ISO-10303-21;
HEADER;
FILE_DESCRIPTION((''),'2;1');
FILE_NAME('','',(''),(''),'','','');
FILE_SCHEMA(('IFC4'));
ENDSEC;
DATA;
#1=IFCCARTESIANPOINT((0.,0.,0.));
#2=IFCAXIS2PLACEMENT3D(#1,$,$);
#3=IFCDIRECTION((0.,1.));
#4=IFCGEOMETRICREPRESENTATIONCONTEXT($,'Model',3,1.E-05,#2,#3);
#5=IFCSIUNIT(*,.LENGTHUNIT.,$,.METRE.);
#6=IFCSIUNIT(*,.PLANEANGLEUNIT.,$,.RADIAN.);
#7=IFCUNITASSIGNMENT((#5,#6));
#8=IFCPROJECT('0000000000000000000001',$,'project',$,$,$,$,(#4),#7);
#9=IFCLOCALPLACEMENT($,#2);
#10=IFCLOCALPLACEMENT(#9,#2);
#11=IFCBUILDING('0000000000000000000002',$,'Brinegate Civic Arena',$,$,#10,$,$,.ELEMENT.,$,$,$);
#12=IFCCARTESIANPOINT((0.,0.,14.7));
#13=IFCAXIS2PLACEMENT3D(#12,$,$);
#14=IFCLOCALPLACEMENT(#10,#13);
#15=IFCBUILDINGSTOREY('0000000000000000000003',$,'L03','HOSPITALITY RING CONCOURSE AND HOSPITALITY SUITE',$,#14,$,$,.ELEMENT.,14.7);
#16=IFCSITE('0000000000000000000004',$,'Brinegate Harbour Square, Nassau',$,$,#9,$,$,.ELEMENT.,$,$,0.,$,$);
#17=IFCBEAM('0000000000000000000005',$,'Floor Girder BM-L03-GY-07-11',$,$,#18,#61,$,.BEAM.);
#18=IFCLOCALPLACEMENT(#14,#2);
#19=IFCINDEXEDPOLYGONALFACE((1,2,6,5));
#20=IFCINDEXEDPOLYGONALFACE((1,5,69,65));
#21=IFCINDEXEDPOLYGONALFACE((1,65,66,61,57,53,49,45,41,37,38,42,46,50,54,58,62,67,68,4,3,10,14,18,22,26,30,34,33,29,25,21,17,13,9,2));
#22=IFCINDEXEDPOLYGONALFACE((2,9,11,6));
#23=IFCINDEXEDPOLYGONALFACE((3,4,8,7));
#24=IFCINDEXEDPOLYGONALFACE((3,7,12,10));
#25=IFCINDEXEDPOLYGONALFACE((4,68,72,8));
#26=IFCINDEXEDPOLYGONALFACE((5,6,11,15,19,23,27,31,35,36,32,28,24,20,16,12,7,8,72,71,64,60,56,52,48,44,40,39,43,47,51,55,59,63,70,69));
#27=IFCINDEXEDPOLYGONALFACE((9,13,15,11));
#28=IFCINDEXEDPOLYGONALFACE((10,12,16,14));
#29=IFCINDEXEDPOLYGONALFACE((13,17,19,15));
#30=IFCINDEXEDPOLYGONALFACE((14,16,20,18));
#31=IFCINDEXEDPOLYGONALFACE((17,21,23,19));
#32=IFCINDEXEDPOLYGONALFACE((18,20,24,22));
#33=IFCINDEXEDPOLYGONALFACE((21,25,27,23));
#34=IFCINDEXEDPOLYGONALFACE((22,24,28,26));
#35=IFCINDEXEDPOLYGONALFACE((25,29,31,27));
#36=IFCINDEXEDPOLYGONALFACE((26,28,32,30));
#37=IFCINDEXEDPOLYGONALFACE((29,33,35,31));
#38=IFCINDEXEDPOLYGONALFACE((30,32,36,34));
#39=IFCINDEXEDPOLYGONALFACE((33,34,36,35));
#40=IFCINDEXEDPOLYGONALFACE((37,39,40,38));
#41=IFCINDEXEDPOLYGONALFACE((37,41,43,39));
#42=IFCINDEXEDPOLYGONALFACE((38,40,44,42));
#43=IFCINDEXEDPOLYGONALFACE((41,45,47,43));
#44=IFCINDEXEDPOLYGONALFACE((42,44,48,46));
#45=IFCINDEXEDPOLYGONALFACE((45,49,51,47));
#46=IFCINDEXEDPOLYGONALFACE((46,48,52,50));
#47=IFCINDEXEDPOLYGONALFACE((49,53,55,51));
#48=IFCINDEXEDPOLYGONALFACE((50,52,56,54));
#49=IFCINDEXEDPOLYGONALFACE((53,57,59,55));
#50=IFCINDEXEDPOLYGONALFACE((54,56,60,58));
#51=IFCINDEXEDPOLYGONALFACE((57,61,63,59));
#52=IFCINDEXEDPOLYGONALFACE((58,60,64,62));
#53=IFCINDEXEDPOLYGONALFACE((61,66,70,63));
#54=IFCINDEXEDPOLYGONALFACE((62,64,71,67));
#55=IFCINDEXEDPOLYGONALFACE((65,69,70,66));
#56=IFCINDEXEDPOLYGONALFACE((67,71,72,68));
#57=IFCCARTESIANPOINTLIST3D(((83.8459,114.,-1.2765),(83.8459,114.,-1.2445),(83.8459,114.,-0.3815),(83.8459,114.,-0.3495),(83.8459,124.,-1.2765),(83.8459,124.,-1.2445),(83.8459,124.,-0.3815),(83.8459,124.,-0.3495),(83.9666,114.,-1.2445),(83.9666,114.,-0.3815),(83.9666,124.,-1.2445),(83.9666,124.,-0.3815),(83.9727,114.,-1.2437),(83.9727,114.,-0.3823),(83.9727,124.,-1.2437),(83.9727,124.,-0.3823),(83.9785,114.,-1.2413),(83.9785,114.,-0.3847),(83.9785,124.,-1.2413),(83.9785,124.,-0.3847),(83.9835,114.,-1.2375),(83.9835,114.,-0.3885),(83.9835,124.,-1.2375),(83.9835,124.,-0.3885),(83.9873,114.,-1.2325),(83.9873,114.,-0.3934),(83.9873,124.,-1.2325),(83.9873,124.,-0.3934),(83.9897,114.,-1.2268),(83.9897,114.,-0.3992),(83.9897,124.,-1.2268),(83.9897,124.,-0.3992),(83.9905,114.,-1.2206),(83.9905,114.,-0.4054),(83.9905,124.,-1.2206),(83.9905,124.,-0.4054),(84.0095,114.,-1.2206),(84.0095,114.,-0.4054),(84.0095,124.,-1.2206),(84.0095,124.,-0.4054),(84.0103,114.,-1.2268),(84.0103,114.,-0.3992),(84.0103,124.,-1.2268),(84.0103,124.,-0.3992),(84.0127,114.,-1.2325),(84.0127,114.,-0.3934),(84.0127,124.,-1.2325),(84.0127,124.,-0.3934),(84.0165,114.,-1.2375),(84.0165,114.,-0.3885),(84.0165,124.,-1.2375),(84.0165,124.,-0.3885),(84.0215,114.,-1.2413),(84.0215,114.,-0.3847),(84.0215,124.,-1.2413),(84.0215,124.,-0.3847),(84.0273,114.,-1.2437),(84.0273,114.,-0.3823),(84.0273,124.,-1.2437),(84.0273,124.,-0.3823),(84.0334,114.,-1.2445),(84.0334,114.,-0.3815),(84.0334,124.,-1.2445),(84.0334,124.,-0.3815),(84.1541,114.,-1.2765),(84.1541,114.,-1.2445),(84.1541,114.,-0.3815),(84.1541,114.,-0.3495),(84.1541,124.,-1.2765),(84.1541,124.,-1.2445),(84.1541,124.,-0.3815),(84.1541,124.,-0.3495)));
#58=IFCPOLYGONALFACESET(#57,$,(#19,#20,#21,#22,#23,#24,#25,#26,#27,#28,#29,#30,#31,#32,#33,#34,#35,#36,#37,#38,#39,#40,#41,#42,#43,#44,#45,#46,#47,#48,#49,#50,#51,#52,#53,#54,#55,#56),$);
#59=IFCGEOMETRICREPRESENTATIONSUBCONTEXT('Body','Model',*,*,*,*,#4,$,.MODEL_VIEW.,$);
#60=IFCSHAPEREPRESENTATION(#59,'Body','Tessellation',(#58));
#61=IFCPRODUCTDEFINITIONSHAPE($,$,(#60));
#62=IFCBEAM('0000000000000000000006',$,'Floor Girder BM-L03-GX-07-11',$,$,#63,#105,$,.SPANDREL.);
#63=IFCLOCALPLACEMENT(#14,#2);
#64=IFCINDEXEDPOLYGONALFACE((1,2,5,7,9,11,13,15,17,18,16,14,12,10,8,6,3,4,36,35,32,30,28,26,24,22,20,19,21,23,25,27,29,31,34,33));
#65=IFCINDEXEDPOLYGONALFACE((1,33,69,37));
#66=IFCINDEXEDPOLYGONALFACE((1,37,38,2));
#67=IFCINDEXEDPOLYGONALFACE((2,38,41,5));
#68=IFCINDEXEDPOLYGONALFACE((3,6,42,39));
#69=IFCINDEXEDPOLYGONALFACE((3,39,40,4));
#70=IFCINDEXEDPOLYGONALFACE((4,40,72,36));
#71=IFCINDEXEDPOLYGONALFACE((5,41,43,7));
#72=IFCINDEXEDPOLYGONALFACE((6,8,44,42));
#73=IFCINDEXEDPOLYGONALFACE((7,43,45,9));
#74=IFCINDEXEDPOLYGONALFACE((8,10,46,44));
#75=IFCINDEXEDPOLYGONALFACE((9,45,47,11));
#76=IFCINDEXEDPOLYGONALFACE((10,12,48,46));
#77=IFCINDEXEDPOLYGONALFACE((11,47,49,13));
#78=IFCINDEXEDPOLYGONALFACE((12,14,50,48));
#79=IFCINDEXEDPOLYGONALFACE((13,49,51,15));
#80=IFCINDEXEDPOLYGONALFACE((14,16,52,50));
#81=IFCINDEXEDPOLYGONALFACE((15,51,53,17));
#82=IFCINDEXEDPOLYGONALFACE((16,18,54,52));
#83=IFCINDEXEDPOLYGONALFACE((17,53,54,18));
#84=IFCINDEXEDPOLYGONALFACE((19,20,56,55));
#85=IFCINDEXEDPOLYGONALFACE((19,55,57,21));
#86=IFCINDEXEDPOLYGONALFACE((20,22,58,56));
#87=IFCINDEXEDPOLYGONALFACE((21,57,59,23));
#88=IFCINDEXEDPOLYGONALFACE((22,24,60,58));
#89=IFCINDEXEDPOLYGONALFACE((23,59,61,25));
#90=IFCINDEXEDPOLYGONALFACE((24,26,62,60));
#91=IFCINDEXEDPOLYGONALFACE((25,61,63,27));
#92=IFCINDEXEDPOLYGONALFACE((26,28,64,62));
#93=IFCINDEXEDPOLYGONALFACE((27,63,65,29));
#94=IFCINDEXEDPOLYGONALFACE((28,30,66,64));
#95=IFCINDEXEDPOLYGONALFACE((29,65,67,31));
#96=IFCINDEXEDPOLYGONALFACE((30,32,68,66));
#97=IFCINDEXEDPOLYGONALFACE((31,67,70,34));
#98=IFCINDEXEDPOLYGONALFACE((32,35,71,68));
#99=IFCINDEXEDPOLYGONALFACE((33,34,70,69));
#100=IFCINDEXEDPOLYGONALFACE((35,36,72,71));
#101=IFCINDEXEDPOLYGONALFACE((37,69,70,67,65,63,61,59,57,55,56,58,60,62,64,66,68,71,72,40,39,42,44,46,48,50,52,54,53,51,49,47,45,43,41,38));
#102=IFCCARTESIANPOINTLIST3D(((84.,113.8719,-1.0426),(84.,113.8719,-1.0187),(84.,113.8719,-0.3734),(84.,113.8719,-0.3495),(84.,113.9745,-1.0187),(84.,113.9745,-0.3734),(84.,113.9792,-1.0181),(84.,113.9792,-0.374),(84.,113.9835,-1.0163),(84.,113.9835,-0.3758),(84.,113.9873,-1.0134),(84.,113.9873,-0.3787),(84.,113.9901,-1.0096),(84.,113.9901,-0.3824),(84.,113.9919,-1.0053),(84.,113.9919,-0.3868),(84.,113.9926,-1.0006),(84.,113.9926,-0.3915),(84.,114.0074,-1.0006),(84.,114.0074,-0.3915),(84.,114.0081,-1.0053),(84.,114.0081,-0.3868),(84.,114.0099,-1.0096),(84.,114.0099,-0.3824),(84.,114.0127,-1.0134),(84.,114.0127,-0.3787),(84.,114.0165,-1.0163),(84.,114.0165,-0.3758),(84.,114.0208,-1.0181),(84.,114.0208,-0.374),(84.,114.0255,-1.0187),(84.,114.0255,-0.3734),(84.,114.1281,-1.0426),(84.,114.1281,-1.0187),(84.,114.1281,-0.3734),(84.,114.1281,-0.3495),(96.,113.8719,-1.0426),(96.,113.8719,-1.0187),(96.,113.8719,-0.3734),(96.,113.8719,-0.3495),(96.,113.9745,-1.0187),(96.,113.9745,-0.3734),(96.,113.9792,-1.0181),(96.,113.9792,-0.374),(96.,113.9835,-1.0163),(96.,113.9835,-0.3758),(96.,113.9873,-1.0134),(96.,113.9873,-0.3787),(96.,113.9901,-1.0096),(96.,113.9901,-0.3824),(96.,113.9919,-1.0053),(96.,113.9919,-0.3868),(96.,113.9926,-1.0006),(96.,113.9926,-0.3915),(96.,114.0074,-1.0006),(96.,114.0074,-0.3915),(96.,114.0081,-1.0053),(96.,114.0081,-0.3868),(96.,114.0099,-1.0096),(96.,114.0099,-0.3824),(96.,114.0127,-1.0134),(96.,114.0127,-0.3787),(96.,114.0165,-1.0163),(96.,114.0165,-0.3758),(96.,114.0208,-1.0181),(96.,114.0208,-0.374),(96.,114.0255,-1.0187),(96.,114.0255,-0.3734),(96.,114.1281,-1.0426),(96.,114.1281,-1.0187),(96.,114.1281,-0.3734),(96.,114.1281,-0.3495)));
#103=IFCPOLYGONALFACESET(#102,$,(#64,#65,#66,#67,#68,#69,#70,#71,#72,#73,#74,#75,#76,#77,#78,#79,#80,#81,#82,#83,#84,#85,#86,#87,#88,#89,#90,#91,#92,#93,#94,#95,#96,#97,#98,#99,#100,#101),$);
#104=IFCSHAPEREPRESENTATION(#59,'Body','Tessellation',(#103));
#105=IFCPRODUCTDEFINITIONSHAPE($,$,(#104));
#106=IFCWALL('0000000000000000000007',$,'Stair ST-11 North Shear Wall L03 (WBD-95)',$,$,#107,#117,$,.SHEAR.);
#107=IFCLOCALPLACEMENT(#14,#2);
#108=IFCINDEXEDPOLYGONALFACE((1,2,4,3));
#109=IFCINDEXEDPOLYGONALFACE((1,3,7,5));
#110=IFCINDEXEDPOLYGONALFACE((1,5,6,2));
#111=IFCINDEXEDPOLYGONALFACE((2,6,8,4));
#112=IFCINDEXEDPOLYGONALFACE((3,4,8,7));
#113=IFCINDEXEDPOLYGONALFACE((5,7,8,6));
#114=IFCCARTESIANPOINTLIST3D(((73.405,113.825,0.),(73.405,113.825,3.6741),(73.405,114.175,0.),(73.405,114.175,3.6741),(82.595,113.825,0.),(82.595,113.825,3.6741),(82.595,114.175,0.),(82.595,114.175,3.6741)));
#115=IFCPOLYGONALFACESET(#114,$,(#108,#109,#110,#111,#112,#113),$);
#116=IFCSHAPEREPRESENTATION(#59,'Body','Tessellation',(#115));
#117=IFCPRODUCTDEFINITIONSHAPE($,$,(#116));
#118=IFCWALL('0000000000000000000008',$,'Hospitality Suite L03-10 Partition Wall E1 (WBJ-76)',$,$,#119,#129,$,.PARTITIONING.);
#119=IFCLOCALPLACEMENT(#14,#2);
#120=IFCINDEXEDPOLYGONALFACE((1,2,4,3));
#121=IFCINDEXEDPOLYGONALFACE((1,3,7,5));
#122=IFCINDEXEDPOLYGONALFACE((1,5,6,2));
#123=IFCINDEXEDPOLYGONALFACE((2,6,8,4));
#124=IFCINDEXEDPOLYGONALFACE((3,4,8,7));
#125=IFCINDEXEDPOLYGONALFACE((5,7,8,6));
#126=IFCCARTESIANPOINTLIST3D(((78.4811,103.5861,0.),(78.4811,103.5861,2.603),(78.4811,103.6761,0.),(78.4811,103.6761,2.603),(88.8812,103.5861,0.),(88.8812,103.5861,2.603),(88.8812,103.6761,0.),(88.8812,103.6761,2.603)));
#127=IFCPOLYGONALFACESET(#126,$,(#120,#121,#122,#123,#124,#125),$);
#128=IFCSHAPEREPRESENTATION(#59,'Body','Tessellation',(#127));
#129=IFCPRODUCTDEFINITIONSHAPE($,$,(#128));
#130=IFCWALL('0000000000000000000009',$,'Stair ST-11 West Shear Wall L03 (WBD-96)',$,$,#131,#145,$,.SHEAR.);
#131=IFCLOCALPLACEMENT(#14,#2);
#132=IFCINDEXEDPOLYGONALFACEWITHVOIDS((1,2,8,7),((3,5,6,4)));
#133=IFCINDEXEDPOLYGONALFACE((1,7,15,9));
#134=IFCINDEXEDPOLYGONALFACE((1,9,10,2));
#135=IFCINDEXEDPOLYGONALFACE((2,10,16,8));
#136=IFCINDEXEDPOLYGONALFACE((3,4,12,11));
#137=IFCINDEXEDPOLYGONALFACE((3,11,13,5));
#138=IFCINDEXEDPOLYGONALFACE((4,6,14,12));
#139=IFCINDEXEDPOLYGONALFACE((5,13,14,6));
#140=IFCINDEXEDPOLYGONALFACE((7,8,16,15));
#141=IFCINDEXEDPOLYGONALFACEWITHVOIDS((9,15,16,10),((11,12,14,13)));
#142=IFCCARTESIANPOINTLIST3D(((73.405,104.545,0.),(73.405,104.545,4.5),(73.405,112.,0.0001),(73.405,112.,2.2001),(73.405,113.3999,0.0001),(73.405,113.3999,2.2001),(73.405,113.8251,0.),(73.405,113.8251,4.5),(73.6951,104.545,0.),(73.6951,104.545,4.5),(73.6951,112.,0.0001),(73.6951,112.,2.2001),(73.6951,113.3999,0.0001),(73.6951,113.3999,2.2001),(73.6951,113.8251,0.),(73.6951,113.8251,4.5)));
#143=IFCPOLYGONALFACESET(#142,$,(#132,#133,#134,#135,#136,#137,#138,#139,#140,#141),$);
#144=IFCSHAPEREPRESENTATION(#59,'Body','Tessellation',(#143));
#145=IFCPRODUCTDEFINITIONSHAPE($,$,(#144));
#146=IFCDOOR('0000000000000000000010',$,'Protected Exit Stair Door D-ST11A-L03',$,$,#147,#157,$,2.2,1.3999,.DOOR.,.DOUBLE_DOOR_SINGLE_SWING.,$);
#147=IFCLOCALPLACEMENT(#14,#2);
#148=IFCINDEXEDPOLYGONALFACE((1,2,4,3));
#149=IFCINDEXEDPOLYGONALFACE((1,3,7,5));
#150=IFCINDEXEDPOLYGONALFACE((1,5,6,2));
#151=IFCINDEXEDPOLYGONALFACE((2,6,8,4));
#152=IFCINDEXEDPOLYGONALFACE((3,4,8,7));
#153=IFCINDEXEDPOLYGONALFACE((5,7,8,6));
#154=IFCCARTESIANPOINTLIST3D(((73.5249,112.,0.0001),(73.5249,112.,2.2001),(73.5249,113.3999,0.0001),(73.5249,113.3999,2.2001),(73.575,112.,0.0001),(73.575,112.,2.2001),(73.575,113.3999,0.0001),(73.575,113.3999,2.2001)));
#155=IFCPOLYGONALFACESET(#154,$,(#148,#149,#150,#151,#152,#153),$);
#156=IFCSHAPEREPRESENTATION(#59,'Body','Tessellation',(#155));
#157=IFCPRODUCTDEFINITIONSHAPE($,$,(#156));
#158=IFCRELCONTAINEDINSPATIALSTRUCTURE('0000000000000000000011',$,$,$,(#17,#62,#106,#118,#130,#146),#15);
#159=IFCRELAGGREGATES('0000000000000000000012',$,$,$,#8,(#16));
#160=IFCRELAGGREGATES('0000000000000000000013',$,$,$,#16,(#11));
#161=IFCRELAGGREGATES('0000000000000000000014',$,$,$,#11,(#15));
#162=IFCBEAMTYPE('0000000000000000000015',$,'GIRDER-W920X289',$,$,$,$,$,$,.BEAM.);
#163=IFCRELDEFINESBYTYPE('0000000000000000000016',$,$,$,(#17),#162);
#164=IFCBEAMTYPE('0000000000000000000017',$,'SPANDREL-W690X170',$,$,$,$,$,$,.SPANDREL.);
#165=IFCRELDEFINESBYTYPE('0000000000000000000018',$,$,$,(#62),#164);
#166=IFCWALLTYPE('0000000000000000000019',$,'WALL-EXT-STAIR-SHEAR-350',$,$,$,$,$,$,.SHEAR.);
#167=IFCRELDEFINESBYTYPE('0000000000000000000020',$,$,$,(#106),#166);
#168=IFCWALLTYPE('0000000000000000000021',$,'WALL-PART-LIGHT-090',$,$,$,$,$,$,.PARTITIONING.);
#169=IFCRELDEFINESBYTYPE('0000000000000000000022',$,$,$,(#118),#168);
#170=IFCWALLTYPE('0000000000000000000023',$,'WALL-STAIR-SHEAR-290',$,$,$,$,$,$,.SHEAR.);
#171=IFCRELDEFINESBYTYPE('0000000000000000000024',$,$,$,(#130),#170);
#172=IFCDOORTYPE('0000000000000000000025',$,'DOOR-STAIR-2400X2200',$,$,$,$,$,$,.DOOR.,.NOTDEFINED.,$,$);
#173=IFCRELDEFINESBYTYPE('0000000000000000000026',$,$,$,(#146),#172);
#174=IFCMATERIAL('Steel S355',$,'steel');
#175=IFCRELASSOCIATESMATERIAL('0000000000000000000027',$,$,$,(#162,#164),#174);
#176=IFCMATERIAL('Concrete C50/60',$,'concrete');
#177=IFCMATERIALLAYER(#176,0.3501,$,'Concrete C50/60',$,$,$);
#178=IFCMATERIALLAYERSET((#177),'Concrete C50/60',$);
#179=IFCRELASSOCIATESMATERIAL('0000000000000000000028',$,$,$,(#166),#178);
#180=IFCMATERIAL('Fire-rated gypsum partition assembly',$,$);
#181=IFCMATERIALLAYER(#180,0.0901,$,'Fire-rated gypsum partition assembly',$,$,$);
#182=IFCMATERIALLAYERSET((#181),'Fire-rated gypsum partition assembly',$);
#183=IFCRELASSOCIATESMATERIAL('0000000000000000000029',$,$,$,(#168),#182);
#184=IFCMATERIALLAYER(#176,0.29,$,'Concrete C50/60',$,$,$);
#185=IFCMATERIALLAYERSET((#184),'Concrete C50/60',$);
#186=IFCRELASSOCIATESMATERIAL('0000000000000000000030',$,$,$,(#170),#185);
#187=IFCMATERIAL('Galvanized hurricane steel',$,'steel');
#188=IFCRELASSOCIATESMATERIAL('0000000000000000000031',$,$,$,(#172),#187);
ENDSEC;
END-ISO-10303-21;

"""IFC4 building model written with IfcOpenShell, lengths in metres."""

from ifc_helpers import new_model, si_unit, direction, frame, frame_2d, origin, origin_2d, place, context, subcontext, project, spatial, rectangle, i_section, extrude, material, layer, layer_set, material_profile, profile_set, type_object, element, fill, save


model = new_model("IFC4")

# Units and contexts
model_context = context("Model", 3, precision=1e-05, world=origin(), true_north=direction((0.0, 1.0)))
body_context = subcontext(model_context, "Body", "Model", "MODEL_VIEW")
ifc_project = project(units=[si_unit("LENGTHUNIT", "METRE"), si_unit("PLANEANGLEUNIT", "RADIAN")], contexts=[model_context])

# Site, building, storey
site_placement = place(None, origin())
site = spatial("IfcSite", under=ifc_project, at=site_placement, Name="Brinegate Harbour Square, Nassau", CompositionType="ELEMENT", RefElevation=0.0)
building_placement = place(site_placement, origin())
building = spatial("IfcBuilding", under=site, at=building_placement, Name="Brinegate Civic Arena", CompositionType="ELEMENT")
storey_placement = place(building_placement, frame((0.0, 0.0, 14.7)))
storey = spatial("IfcBuildingStorey", under=building, at=storey_placement, Name="L03", Description="HOSPITALITY RING CONCOURSE AND HOSPITALITY SUITE", CompositionType="ELEMENT", Elevation=14.7)

# Shared definitions
ifc_material_1 = material(Name="Concrete C50/60", Category="concrete")

# Beams
ifc_material_2 = material(Name="Steel S355", Category="steel")
ifc_material_profile_1 = material_profile(ifc_material_2, i_section(OverallWidth=0.3081, OverallDepth=0.927, WebThickness=0.019, FlangeThickness=0.032, FilletRadius=0.0239, at=origin_2d()), Name="W920X289")
ifc_profile_set_1 = profile_set([ifc_material_profile_1], Name="Steel S355")
beam_type_1 = type_object("IfcBeamType", Name="GIRDER-W920X289", PredefinedType="BEAM", material=ifc_profile_set_1)
beam_1_placement = place(storey_placement, frame((84.0, 114.0, -0.813), z_axis=(0.0, 1.0, 0.0), x_axis=(-1.0, 0.0, 0.0)))
element("IfcBeam", 1, at=beam_1_placement, inside=storey, type_object=beam_type_1, Name="Floor Girder BM-L03-GY-07-11", PredefinedType="BEAM", context=body_context, shape_type="SweptSolid", body=[
    extrude(i_section(OverallWidth=0.3081, OverallDepth=0.927, WebThickness=0.019, FlangeThickness=0.032, FilletRadius=0.0239, at=origin_2d()), origin(), (0.0, 0.0, 1.0), 10.0),
])
ifc_material_profile_2 = material_profile(ifc_material_2, i_section(OverallWidth=0.2561, OverallDepth=0.6931, WebThickness=0.0149, FlangeThickness=0.0239, FilletRadius=0.0181, at=origin_2d()), Name="W690X170")
ifc_profile_set_2 = profile_set([ifc_material_profile_2], Name="Steel S355")
beam_type_2 = type_object("IfcBeamType", Name="SPANDREL-W690X170", PredefinedType="SPANDREL", material=ifc_profile_set_2)
beam_2_placement = place(storey_placement, frame((84.0, 114.0, -0.696), z_axis=(1.0, 0.0, 0.0), x_axis=(0.0, 1.0, 0.0)))
element("IfcBeam", 2, at=beam_2_placement, inside=storey, type_object=beam_type_2, Name="Floor Girder BM-L03-GX-07-11", PredefinedType="SPANDREL", context=body_context, shape_type="SweptSolid", body=[
    extrude(i_section(OverallWidth=0.2561, OverallDepth=0.6931, WebThickness=0.0149, FlangeThickness=0.0239, FilletRadius=0.0181, at=origin_2d()), origin(), (0.0, 0.0, 1.0), 12.0),
])

# Walls
ifc_layer_1 = layer(ifc_material_1, 0.3501, Name="Concrete C50/60")
ifc_layer_set_1 = layer_set([ifc_layer_1], Name="Concrete C50/60")
wall_type_1 = type_object("IfcWallType", Name="WALL-EXT-STAIR-SHEAR-350", PredefinedType="SHEAR", material=ifc_layer_set_1)
wall_1_placement = place(storey_placement, frame((73.405, 114.0, 0.0), z_axis=(0.0, 0.0, 1.0), x_axis=(1.0, 0.0, 0.0)))
element("IfcWall", 3, at=wall_1_placement, inside=storey, type_object=wall_type_1, Name="Stair ST-11 North Shear Wall L03 (WBD-95)", PredefinedType="SHEAR", context=body_context, shape_type="SweptSolid", body=[
    extrude(rectangle(XDim=9.1899, YDim=0.3501, at=frame_2d((4.595, 0.0))), origin(), (0.0, 0.0, 1.0), 3.6741),
])
ifc_material_3 = material(Name="Fire-rated gypsum partition assembly")
ifc_layer_2 = layer(ifc_material_3, 0.0901, Name="Fire-rated gypsum partition assembly")
ifc_layer_set_2 = layer_set([ifc_layer_2], Name="Fire-rated gypsum partition assembly")
wall_type_2 = type_object("IfcWallType", Name="WALL-PART-LIGHT-090", PredefinedType="PARTITIONING", material=ifc_layer_set_2)
wall_2_placement = place(storey_placement, frame((78.481, 103.6311, 0.0), z_axis=(0.0, 0.0, 1.0), x_axis=(1.0, 0.0, 0.0)))
element("IfcWall", 4, at=wall_2_placement, inside=storey, type_object=wall_type_2, Name="Hospitality Suite L03-10 Partition Wall E1 (WBJ-76)", PredefinedType="PARTITIONING", context=body_context, shape_type="SweptSolid", body=[
    extrude(rectangle(XDim=10.4001, YDim=0.0901, at=frame_2d((5.2002, 0.0))), origin(), (0.0, 0.0, 1.0), 2.603),
])

# Wall, opening, door
ifc_layer_3 = layer(ifc_material_1, 0.29, Name="Concrete C50/60")
ifc_layer_set_3 = layer_set([ifc_layer_3], Name="Concrete C50/60")
wall_type_3 = type_object("IfcWallType", Name="WALL-STAIR-SHEAR-290", PredefinedType="SHEAR", material=ifc_layer_set_3)
wall_3_placement = place(storey_placement, frame((73.55, 104.5449, 0.0), z_axis=(0.0, 0.0, 1.0), x_axis=(0.0, 1.0, 0.0)))
wall_3 = element("IfcWall", 5, at=wall_3_placement, inside=storey, type_object=wall_type_3, Name="Stair ST-11 West Shear Wall L03 (WBD-96)", PredefinedType="SHEAR", context=body_context, shape_type="SweptSolid", body=[
    extrude(rectangle(XDim=9.28, YDim=0.29, at=frame_2d((4.6401, 0.0))), origin(), (0.0, 0.0, 1.0), 4.5),
])
opening_1_placement = place(wall_3_placement, frame((7.4551, 0.0, 0.0)))
opening_1 = element("IfcOpeningElement", 6, at=opening_1_placement, cuts=wall_3, PredefinedType="OPENING", context=body_context, shape_type="SweptSolid", body=[
    extrude(rectangle(XDim=1.3999, YDim=2.2, at=frame_2d((0.7, 1.1001))), frame((0.0, 0.155, 0.0), z_axis=(0.0, -1.0, 0.0), x_axis=(1.0, 0.0, 0.0)), (0.0, 0.0, 1.0), 0.3101),
])
ifc_material_4 = material(Name="Galvanized hurricane steel", Category="steel")
door_type_1 = type_object("IfcDoorType", Name="DOOR-STAIR-2400X2200", OperationType="NOTDEFINED", PredefinedType="DOOR", material=ifc_material_4)
door_1_placement = place(opening_1_placement, frame((1.3999, 0.0, 0.0), z_axis=(0.0, 0.0, 1.0), x_axis=(-1.0, 0.0, 0.0)))
door_1 = element("IfcDoor", 7, at=door_1_placement, inside=storey, type_object=door_type_1, Name="Protected Exit Stair Door D-ST11A-L03", OperationType="DOUBLE_DOOR_SINGLE_SWING", OverallHeight=2.2, OverallWidth=1.3999, PredefinedType="DOOR", context=body_context, shape_type="SweptSolid", body=[
    extrude(rectangle(XDim=1.3999, YDim=2.2, at=frame_2d((0.7, 1.1001))), frame((0.0, 0.0249, 0.0), z_axis=(0.0, -1.0, 0.0), x_axis=(1.0, 0.0, 0.0)), (0.0, 0.0, 1.0), 0.05),
])
fill(opening_1, door_1)

save(model, "model.ifc")
